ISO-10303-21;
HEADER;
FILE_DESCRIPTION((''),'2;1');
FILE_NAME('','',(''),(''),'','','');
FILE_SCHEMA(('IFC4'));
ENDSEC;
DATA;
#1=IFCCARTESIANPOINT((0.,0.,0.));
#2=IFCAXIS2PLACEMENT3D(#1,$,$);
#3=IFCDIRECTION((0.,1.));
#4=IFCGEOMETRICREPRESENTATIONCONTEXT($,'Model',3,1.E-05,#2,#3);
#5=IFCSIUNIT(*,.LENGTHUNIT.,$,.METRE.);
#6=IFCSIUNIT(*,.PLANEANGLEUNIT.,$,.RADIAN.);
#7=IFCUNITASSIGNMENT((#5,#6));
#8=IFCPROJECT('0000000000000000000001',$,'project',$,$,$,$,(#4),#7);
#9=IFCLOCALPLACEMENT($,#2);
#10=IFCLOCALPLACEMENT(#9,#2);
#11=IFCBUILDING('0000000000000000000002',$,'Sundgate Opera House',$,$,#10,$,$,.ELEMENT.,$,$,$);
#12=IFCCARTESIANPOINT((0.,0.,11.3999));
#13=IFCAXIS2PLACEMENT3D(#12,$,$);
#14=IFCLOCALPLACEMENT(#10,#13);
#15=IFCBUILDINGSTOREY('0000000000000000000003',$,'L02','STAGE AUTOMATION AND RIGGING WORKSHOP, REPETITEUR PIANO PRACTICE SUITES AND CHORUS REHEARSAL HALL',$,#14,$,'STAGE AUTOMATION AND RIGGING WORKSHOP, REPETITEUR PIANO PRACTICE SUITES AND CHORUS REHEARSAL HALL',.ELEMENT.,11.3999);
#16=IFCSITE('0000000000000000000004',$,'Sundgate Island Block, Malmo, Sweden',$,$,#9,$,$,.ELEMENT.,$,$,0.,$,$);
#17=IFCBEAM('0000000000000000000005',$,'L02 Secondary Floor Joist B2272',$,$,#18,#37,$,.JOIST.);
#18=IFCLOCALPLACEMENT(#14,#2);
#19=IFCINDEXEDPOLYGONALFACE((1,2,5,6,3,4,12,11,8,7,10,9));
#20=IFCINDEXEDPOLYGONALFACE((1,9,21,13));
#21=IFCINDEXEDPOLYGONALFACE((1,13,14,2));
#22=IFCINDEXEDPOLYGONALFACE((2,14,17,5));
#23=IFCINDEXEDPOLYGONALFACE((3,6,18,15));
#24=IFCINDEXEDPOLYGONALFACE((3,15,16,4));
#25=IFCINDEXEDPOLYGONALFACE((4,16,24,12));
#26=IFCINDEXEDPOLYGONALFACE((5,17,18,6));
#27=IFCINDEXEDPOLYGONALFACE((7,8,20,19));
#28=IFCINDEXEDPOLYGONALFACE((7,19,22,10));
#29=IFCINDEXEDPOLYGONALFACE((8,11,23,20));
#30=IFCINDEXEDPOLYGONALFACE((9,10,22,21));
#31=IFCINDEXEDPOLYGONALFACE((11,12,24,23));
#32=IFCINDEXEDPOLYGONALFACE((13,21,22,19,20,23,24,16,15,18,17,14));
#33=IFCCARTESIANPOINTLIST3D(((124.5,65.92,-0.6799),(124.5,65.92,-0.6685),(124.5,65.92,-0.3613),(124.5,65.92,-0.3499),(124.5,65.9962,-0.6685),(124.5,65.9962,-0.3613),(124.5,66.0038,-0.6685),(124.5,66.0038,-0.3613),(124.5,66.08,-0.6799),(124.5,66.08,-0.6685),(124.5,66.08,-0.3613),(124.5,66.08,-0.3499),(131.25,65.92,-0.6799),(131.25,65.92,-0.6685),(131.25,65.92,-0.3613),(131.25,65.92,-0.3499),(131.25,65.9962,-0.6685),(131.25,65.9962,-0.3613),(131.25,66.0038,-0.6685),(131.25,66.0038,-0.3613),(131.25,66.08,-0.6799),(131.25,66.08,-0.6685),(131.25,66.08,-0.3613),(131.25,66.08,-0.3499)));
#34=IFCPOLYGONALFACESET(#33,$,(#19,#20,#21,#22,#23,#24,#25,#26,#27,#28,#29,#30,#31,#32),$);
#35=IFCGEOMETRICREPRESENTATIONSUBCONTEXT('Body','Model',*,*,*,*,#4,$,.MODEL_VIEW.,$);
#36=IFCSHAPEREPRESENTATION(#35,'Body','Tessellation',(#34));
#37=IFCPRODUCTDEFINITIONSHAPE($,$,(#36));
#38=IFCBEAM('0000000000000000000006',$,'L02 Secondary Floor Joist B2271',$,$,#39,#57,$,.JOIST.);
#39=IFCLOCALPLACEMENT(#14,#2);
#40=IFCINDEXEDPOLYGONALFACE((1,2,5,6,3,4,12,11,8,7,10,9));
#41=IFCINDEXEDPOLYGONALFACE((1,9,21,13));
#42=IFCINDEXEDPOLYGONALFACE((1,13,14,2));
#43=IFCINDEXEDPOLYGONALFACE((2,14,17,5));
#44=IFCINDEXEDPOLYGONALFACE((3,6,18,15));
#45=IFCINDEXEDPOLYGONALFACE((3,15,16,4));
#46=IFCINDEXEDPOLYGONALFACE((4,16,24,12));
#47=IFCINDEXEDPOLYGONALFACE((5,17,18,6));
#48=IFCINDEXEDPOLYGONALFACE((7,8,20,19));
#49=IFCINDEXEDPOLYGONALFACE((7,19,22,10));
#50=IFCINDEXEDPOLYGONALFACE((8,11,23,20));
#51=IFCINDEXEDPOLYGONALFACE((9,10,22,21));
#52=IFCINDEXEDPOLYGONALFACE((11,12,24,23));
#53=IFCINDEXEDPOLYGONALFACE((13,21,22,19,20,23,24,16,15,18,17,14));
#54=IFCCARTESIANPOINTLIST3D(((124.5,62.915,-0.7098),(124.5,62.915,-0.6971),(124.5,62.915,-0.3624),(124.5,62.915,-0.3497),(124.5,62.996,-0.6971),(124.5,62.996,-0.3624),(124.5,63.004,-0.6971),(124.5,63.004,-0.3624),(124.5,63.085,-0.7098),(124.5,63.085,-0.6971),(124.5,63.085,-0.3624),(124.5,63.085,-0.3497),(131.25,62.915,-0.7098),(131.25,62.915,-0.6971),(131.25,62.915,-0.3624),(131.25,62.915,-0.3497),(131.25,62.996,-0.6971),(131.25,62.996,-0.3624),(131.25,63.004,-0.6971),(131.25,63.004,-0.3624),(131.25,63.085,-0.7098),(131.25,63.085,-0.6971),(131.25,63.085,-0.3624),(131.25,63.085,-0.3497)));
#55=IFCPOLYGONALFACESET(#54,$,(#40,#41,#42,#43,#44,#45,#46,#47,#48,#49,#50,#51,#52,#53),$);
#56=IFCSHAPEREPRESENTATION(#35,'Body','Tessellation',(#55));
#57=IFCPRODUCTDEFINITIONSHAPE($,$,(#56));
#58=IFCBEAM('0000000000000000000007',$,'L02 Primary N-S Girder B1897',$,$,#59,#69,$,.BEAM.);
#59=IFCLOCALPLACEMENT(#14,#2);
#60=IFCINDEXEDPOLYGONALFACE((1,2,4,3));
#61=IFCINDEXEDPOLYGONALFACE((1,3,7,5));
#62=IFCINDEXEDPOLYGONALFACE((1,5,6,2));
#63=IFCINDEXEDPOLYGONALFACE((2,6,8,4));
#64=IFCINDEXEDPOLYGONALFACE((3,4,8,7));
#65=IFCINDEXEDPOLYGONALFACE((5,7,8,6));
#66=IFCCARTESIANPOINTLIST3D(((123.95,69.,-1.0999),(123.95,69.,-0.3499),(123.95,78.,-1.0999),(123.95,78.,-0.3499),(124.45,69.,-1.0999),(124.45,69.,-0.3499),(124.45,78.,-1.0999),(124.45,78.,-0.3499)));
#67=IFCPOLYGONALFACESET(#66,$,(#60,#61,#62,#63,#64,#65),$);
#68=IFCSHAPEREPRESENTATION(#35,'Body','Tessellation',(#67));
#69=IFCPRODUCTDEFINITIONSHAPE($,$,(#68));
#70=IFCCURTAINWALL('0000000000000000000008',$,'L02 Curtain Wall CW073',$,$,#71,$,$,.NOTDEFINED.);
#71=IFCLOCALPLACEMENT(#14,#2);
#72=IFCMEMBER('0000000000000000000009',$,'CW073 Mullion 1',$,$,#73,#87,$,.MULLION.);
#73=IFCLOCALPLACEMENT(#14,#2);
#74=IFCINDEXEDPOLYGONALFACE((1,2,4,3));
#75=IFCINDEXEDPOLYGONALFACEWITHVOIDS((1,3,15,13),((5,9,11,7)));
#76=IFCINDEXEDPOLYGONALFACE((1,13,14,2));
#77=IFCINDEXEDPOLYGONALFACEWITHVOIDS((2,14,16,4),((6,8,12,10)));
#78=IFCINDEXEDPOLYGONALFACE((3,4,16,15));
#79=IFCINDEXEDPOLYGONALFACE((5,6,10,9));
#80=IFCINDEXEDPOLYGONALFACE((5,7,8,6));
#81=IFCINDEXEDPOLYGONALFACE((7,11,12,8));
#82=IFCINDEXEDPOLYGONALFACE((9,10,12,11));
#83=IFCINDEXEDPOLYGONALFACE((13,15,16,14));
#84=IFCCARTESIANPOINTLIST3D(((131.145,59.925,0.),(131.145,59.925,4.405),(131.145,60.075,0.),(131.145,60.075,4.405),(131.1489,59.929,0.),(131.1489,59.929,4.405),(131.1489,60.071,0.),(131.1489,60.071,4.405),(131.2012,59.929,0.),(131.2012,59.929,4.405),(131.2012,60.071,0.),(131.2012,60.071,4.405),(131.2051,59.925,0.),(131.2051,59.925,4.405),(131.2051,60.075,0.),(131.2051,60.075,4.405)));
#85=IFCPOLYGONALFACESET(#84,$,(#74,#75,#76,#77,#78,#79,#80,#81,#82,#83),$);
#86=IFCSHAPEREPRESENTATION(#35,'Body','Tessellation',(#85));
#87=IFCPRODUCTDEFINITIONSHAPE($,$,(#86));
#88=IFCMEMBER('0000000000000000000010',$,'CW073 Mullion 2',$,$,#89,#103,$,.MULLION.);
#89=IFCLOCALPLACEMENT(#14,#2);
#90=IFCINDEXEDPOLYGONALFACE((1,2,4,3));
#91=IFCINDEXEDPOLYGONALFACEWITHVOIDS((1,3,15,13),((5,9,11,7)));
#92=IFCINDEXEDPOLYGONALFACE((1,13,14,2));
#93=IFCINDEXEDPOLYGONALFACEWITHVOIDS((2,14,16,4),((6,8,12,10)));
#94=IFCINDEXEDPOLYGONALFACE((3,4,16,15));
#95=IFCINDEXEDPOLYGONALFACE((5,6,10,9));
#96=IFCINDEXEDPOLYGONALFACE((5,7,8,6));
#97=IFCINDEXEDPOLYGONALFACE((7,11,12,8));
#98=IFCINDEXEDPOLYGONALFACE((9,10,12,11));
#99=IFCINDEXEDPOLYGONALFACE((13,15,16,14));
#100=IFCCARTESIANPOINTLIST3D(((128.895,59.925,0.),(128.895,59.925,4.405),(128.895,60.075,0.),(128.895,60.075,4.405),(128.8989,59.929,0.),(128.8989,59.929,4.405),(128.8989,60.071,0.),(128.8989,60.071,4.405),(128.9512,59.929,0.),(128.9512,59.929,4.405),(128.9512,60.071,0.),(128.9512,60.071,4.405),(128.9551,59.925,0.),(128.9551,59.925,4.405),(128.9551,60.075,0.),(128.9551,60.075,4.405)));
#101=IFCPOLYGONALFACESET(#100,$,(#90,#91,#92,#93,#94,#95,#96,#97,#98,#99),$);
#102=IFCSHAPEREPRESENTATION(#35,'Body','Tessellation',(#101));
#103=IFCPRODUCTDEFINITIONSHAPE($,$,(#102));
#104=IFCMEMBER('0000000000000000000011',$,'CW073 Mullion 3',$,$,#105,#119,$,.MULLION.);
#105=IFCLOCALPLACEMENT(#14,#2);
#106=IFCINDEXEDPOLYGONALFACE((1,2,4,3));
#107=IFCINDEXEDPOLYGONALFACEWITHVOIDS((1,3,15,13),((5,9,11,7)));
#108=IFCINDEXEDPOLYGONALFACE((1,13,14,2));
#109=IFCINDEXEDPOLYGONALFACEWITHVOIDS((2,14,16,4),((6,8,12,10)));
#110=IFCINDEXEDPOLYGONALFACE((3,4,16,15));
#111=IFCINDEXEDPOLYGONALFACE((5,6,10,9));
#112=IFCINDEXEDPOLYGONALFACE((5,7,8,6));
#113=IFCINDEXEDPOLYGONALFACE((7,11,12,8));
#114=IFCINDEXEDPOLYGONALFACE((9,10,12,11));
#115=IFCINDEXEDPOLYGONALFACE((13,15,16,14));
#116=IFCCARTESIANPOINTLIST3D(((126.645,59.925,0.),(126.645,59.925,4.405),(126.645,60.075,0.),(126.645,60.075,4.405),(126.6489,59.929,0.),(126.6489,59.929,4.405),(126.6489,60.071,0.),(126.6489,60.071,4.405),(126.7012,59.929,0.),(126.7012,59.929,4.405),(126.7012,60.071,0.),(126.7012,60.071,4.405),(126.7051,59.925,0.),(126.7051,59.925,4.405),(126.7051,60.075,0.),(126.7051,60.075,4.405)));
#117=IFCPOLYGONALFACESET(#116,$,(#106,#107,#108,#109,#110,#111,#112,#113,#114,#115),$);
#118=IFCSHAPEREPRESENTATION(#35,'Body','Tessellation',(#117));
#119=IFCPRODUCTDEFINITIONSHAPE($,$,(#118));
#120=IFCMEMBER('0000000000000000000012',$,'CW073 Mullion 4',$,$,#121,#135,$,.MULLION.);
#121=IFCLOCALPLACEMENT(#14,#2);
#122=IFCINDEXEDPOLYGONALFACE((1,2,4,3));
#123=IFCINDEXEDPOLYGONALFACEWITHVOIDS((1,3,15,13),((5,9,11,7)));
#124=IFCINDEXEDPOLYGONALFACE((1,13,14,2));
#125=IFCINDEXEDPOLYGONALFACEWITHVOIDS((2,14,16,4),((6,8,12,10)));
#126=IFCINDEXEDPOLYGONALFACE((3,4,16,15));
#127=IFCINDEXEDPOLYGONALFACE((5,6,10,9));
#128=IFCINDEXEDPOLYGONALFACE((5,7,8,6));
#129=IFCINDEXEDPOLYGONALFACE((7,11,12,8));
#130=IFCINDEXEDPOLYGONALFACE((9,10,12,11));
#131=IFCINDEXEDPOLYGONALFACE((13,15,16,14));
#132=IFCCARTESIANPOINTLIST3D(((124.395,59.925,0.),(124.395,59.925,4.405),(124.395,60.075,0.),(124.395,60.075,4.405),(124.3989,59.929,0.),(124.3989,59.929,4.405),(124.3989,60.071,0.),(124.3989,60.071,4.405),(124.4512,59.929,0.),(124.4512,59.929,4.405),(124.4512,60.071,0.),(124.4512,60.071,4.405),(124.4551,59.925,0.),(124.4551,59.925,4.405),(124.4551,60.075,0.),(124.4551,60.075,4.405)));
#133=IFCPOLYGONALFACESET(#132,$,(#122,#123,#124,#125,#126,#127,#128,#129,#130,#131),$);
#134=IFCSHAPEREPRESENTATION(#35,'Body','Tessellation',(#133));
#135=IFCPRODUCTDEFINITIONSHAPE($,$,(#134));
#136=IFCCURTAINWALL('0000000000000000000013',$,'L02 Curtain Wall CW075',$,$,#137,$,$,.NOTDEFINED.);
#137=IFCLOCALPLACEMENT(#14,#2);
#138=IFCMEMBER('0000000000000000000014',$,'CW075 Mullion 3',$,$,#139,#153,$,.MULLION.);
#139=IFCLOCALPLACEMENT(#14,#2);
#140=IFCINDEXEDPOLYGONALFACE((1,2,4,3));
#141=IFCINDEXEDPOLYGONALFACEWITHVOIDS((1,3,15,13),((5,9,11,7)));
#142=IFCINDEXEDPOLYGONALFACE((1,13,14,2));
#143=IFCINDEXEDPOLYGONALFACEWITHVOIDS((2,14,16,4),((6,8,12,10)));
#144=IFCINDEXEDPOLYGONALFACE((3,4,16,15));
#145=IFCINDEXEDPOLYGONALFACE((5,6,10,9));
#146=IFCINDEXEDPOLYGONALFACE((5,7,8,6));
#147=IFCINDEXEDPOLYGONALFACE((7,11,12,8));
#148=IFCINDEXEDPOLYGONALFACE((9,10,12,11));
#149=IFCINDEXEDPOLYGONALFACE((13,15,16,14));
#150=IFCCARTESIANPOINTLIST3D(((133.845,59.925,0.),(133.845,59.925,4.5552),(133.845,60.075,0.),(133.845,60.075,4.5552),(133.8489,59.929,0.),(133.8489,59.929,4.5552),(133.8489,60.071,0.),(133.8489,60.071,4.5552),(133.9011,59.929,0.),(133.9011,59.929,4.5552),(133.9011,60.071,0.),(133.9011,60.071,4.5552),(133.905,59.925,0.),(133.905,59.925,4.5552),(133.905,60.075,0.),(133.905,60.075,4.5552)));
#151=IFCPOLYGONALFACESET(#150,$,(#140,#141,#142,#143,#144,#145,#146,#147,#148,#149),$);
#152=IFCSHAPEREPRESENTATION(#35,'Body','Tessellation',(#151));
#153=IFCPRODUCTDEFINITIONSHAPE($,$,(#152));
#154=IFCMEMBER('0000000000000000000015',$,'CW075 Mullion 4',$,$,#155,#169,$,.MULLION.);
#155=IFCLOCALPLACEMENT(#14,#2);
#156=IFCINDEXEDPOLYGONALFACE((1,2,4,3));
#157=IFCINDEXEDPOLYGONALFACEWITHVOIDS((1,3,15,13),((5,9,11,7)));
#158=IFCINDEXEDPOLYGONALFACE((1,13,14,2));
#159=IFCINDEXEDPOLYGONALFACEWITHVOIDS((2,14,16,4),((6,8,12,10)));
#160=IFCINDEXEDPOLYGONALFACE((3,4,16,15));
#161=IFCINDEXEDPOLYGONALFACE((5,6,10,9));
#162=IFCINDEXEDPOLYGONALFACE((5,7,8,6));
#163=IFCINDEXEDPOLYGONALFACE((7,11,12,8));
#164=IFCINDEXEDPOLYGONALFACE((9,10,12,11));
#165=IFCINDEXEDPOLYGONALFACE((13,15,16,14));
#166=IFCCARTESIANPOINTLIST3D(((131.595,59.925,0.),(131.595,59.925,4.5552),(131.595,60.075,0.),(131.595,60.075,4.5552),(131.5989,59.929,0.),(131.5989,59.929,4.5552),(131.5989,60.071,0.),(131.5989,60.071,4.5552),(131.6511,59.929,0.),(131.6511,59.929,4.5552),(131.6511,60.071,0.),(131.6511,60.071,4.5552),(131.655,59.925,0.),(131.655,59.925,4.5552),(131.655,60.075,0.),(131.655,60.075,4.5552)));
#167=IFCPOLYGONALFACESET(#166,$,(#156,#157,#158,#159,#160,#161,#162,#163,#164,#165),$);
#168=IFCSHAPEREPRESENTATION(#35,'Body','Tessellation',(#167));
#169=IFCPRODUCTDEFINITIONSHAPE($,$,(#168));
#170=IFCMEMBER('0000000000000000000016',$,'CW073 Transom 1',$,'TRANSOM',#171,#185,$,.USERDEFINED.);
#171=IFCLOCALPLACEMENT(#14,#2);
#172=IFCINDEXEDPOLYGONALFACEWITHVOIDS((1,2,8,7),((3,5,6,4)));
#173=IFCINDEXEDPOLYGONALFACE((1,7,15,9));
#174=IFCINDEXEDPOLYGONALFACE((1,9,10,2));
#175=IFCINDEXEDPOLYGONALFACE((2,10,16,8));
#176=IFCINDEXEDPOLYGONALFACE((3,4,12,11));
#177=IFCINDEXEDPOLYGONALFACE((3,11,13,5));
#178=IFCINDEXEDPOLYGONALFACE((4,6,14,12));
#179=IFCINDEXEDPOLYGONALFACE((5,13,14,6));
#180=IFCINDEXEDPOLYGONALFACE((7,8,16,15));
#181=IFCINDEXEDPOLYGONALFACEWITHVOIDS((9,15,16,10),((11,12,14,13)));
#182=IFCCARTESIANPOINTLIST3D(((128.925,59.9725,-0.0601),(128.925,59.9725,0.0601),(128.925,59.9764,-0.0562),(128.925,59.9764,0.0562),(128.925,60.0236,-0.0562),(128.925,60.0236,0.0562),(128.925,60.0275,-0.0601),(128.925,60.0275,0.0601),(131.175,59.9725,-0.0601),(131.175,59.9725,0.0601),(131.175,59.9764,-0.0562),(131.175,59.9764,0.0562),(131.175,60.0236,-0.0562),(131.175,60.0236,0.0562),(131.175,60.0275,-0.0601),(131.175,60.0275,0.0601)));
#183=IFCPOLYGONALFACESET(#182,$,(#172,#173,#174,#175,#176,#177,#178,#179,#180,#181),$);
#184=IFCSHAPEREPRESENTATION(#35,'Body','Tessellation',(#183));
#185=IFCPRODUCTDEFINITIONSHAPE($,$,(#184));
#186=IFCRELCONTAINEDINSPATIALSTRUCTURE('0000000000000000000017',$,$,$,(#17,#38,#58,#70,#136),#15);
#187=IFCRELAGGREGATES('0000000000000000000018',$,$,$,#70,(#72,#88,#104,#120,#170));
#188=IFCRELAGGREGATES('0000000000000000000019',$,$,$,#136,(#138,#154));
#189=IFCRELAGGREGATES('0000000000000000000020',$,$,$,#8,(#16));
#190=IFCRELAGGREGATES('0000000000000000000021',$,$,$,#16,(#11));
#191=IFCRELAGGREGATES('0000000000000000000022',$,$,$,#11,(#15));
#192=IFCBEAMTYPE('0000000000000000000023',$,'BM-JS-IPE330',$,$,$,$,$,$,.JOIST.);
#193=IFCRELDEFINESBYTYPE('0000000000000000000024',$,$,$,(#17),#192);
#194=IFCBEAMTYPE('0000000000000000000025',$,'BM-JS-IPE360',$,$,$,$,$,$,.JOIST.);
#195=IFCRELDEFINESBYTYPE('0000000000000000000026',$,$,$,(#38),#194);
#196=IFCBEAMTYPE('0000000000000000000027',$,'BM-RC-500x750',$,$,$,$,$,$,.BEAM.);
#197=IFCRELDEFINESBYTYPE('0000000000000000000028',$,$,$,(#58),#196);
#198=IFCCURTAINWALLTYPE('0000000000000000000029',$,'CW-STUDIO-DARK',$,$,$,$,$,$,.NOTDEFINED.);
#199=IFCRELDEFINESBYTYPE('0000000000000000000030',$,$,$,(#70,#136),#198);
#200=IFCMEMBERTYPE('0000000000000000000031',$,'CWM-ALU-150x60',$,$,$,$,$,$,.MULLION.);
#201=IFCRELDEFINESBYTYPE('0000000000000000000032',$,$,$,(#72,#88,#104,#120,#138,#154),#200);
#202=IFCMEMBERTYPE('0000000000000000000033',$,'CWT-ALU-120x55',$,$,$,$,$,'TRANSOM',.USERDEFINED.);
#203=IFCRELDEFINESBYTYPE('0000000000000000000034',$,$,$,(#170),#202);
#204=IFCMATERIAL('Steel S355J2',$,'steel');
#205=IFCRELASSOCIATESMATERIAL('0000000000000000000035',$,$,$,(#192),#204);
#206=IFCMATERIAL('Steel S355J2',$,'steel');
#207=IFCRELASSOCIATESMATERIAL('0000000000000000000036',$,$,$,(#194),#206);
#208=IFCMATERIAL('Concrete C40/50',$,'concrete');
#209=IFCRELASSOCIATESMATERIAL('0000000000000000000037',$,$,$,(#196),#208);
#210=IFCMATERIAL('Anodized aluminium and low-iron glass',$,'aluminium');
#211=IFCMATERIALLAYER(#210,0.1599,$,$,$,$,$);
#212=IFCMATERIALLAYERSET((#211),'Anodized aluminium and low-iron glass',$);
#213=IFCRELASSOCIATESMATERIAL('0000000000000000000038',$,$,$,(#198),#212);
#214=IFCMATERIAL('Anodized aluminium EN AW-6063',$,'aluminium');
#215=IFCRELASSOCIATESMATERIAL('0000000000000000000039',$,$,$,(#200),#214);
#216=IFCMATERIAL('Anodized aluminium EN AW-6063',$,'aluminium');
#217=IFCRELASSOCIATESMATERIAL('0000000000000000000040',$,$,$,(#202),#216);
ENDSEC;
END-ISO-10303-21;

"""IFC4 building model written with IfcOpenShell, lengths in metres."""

from ifc_helpers import new_model, si_unit, direction, frame, origin, origin_2d, place, context, subcontext, project, spatial, rectangle, hollow_rectangle, i_section, extrude, material, layer, layer_set, material_profile, profile_set, type_object, element, aggregate, save


model = new_model("IFC4")

# Units and contexts
model_context = context("Model", 3, precision=1e-05, world=origin(), true_north=direction((0.0, 1.0)))
body_context = subcontext(model_context, "Body", "Model", "MODEL_VIEW")
ifc_project = project(units=[si_unit("LENGTHUNIT", "METRE"), si_unit("PLANEANGLEUNIT", "RADIAN")], contexts=[model_context])

# Site, building, storey
site_placement = place(None, origin())
site = spatial("IfcSite", under=ifc_project, at=site_placement, Name="Sundgate Island Block, Malmo, Sweden", CompositionType="ELEMENT", RefElevation=0.0)
building_placement = place(site_placement, origin())
building = spatial("IfcBuilding", under=site, at=building_placement, Name="Sundgate Opera House", CompositionType="ELEMENT")
storey_placement = place(building_placement, frame((0.0, 0.0, 11.3999)))
storey = spatial("IfcBuildingStorey", under=building, at=storey_placement, Name="L02", Description="STAGE AUTOMATION AND RIGGING WORKSHOP, REPETITEUR PIANO PRACTICE SUITES AND CHORUS REHEARSAL HALL", LongName="STAGE AUTOMATION AND RIGGING WORKSHOP, REPETITEUR PIANO PRACTICE SUITES AND CHORUS REHEARSAL HALL", CompositionType="ELEMENT", Elevation=11.3999)

# Beams
ifc_material_1 = material(Name="Steel S355J2", Category="steel")
ifc_material_profile_1 = material_profile(ifc_material_1, i_section(OverallWidth=0.1599, OverallDepth=0.3301, WebThickness=0.0076, FlangeThickness=0.0115, at=origin_2d()), Name="IPE 330")
ifc_profile_set_1 = profile_set([ifc_material_profile_1], Name="Steel S355J2")
beam_type_1 = type_object("IfcBeamType", Name="BM-JS-IPE330", PredefinedType="JOIST", material=ifc_profile_set_1)
beam_1_placement = place(storey_placement, frame((124.5, 66.0, -0.5149), z_axis=(1.0, 0.0, 0.0), x_axis=(0.0, 1.0, 0.0)))
element("IfcBeam", 1, at=beam_1_placement, inside=storey, type_object=beam_type_1, Name="L02 Secondary Floor Joist B2272", PredefinedType="JOIST", context=body_context, shape_type="SweptSolid", body=[
    extrude(i_section(OverallWidth=0.1599, OverallDepth=0.3301, WebThickness=0.0076, FlangeThickness=0.0115, at=origin_2d()), origin(), (0.0, 0.0, 1.0), 6.75),
])
ifc_material_2 = material(Name="Steel S355J2", Category="steel")
ifc_material_profile_2 = material_profile(ifc_material_2, i_section(OverallWidth=0.1699, OverallDepth=0.3601, WebThickness=0.0081, FlangeThickness=0.0127, at=origin_2d()), Name="IPE 360")
ifc_profile_set_2 = profile_set([ifc_material_profile_2], Name="Steel S355J2")
beam_type_2 = type_object("IfcBeamType", Name="BM-JS-IPE360", PredefinedType="JOIST", material=ifc_profile_set_2)
beam_2_placement = place(storey_placement, frame((124.5, 63.0, -0.5298), z_axis=(1.0, 0.0, 0.0), x_axis=(0.0, 1.0, 0.0)))
element("IfcBeam", 2, at=beam_2_placement, inside=storey, type_object=beam_type_2, Name="L02 Secondary Floor Joist B2271", PredefinedType="JOIST", context=body_context, shape_type="SweptSolid", body=[
    extrude(i_section(OverallWidth=0.1699, OverallDepth=0.3601, WebThickness=0.0081, FlangeThickness=0.0127, at=origin_2d()), origin(), (0.0, 0.0, 1.0), 6.75),
])
ifc_material_3 = material(Name="Concrete C40/50", Category="concrete")
ifc_material_profile_3 = material_profile(ifc_material_3, rectangle(XDim=0.5, YDim=0.75, at=origin_2d()), Name="RC 500x750")
ifc_profile_set_3 = profile_set([ifc_material_profile_3], Name="Concrete C40/50")
beam_type_3 = type_object("IfcBeamType", Name="BM-RC-500x750", PredefinedType="BEAM", material=ifc_profile_set_3)
beam_3_placement = place(storey_placement, frame((124.2, 69.0, -0.7249), z_axis=(0.0, 1.0, 0.0), x_axis=(-1.0, 0.0, 0.0)))
element("IfcBeam", 3, at=beam_3_placement, inside=storey, type_object=beam_type_3, Name="L02 Primary N-S Girder B1897", PredefinedType="BEAM", context=body_context, shape_type="SweptSolid", body=[
    extrude(rectangle(XDim=0.5, YDim=0.75, at=origin_2d()), origin(), (0.0, 0.0, 1.0), 9.0),
])

# Curtain walls, members
ifc_material_4 = material(Name="Anodized aluminium and low-iron glass", Category="aluminium")
ifc_layer_1 = layer(ifc_material_4, 0.1599)
ifc_layer_set_1 = layer_set([ifc_layer_1], Name="Anodized aluminium and low-iron glass")
curtain_wall_type = type_object("IfcCurtainWallType", Name="CW-STUDIO-DARK", PredefinedType="NOTDEFINED", material=ifc_layer_set_1)
curtain_wall_1_placement = place(storey_placement, origin())
curtain_wall_1 = element("IfcCurtainWall", 4, at=curtain_wall_1_placement, inside=storey, type_object=curtain_wall_type, Name="L02 Curtain Wall CW073", PredefinedType="NOTDEFINED")
ifc_material_5 = material(Name="Anodized aluminium EN AW-6063", Category="aluminium")
ifc_material_profile_4 = material_profile(ifc_material_5, hollow_rectangle(XDim=0.0601, YDim=0.1499, WallThickness=0.0039, at=origin_2d()), Name="CWM 150x60x4")
ifc_profile_set_4 = profile_set([ifc_material_profile_4], Name="Anodized aluminium EN AW-6063")
member_type_1 = type_object("IfcMemberType", Name="CWM-ALU-150x60", PredefinedType="MULLION", material=ifc_profile_set_4)
member_1_placement = place(storey_placement, frame((131.175, 60.0, 0.0), z_axis=(0.0, 0.0, 1.0), x_axis=(1.0, 0.0, 0.0)))
member_1 = element("IfcMember", 5, at=member_1_placement, type_object=member_type_1, Name="CW073 Mullion 1", PredefinedType="MULLION", context=body_context, shape_type="SweptSolid", body=[
    extrude(hollow_rectangle(XDim=0.0601, YDim=0.1499, WallThickness=0.0039, at=origin_2d()), origin(), (0.0, 0.0, 1.0), 4.405),
])
member_2_placement = place(storey_placement, frame((128.925, 60.0, 0.0), z_axis=(0.0, 0.0, 1.0), x_axis=(1.0, 0.0, 0.0)))
member_2 = element("IfcMember", 6, at=member_2_placement, type_object=member_type_1, Name="CW073 Mullion 2", PredefinedType="MULLION", context=body_context, shape_type="SweptSolid", body=[
    extrude(hollow_rectangle(XDim=0.0601, YDim=0.1499, WallThickness=0.0039, at=origin_2d()), origin(), (0.0, 0.0, 1.0), 4.405),
])
member_3_placement = place(storey_placement, frame((126.675, 60.0, 0.0), z_axis=(0.0, 0.0, 1.0), x_axis=(1.0, 0.0, 0.0)))
member_3 = element("IfcMember", 7, at=member_3_placement, type_object=member_type_1, Name="CW073 Mullion 3", PredefinedType="MULLION", context=body_context, shape_type="SweptSolid", body=[
    extrude(hollow_rectangle(XDim=0.0601, YDim=0.1499, WallThickness=0.0039, at=origin_2d()), origin(), (0.0, 0.0, 1.0), 4.405),
])
member_4_placement = place(storey_placement, frame((124.425, 60.0, 0.0), z_axis=(0.0, 0.0, 1.0), x_axis=(1.0, 0.0, 0.0)))
member_4 = element("IfcMember", 8, at=member_4_placement, type_object=member_type_1, Name="CW073 Mullion 4", PredefinedType="MULLION", context=body_context, shape_type="SweptSolid", body=[
    extrude(hollow_rectangle(XDim=0.0601, YDim=0.1499, WallThickness=0.0039, at=origin_2d()), origin(), (0.0, 0.0, 1.0), 4.405),
])
curtain_wall_2_placement = place(storey_placement, origin())
curtain_wall_2 = element("IfcCurtainWall", 9, at=curtain_wall_2_placement, inside=storey, type_object=curtain_wall_type, Name="L02 Curtain Wall CW075", PredefinedType="NOTDEFINED")
member_5_placement = place(storey_placement, frame((133.875, 60.0, 0.0), z_axis=(0.0, 0.0, 1.0), x_axis=(1.0, 0.0, 0.0)))
member_5 = element("IfcMember", 10, at=member_5_placement, type_object=member_type_1, Name="CW075 Mullion 3", PredefinedType="MULLION", context=body_context, shape_type="SweptSolid", body=[
    extrude(hollow_rectangle(XDim=0.0601, YDim=0.1499, WallThickness=0.0039, at=origin_2d()), origin(), (0.0, 0.0, 1.0), 4.5552),
])
member_6_placement = place(storey_placement, frame((131.625, 60.0, 0.0), z_axis=(0.0, 0.0, 1.0), x_axis=(1.0, 0.0, 0.0)))
member_6 = element("IfcMember", 11, at=member_6_placement, type_object=member_type_1, Name="CW075 Mullion 4", PredefinedType="MULLION", context=body_context, shape_type="SweptSolid", body=[
    extrude(hollow_rectangle(XDim=0.0601, YDim=0.1499, WallThickness=0.0039, at=origin_2d()), origin(), (0.0, 0.0, 1.0), 4.5552),
])

# Member
ifc_material_6 = material(Name="Anodized aluminium EN AW-6063", Category="aluminium")
ifc_material_profile_5 = material_profile(ifc_material_6, hollow_rectangle(XDim=0.0549, YDim=0.1201, WallThickness=0.0039, at=origin_2d()), Name="CWT 120x55x4")
ifc_profile_set_5 = profile_set([ifc_material_profile_5], Name="Anodized aluminium EN AW-6063")
member_type_2 = type_object("IfcMemberType", Name="CWT-ALU-120x55", ElementType="TRANSOM", PredefinedType="USERDEFINED", material=ifc_profile_set_5)
member_7_placement = place(storey_placement, frame((131.175, 60.0, 0.0), z_axis=(-1.0, 0.0, 0.0), x_axis=(0.0, -1.0, 0.0)))
member_7 = element("IfcMember", 12, at=member_7_placement, type_object=member_type_2, Name="CW073 Transom 1", ObjectType="TRANSOM", PredefinedType="USERDEFINED", context=body_context, shape_type="SweptSolid", body=[
    extrude(hollow_rectangle(XDim=0.0549, YDim=0.1201, WallThickness=0.0039, at=origin_2d()), origin(), (0.0, 0.0, 1.0), 2.25),
])

aggregate(curtain_wall_1, [member_1, member_2, member_3, member_4, member_7])
aggregate(curtain_wall_2, [member_5, member_6])

save(model, "model.ifc")
